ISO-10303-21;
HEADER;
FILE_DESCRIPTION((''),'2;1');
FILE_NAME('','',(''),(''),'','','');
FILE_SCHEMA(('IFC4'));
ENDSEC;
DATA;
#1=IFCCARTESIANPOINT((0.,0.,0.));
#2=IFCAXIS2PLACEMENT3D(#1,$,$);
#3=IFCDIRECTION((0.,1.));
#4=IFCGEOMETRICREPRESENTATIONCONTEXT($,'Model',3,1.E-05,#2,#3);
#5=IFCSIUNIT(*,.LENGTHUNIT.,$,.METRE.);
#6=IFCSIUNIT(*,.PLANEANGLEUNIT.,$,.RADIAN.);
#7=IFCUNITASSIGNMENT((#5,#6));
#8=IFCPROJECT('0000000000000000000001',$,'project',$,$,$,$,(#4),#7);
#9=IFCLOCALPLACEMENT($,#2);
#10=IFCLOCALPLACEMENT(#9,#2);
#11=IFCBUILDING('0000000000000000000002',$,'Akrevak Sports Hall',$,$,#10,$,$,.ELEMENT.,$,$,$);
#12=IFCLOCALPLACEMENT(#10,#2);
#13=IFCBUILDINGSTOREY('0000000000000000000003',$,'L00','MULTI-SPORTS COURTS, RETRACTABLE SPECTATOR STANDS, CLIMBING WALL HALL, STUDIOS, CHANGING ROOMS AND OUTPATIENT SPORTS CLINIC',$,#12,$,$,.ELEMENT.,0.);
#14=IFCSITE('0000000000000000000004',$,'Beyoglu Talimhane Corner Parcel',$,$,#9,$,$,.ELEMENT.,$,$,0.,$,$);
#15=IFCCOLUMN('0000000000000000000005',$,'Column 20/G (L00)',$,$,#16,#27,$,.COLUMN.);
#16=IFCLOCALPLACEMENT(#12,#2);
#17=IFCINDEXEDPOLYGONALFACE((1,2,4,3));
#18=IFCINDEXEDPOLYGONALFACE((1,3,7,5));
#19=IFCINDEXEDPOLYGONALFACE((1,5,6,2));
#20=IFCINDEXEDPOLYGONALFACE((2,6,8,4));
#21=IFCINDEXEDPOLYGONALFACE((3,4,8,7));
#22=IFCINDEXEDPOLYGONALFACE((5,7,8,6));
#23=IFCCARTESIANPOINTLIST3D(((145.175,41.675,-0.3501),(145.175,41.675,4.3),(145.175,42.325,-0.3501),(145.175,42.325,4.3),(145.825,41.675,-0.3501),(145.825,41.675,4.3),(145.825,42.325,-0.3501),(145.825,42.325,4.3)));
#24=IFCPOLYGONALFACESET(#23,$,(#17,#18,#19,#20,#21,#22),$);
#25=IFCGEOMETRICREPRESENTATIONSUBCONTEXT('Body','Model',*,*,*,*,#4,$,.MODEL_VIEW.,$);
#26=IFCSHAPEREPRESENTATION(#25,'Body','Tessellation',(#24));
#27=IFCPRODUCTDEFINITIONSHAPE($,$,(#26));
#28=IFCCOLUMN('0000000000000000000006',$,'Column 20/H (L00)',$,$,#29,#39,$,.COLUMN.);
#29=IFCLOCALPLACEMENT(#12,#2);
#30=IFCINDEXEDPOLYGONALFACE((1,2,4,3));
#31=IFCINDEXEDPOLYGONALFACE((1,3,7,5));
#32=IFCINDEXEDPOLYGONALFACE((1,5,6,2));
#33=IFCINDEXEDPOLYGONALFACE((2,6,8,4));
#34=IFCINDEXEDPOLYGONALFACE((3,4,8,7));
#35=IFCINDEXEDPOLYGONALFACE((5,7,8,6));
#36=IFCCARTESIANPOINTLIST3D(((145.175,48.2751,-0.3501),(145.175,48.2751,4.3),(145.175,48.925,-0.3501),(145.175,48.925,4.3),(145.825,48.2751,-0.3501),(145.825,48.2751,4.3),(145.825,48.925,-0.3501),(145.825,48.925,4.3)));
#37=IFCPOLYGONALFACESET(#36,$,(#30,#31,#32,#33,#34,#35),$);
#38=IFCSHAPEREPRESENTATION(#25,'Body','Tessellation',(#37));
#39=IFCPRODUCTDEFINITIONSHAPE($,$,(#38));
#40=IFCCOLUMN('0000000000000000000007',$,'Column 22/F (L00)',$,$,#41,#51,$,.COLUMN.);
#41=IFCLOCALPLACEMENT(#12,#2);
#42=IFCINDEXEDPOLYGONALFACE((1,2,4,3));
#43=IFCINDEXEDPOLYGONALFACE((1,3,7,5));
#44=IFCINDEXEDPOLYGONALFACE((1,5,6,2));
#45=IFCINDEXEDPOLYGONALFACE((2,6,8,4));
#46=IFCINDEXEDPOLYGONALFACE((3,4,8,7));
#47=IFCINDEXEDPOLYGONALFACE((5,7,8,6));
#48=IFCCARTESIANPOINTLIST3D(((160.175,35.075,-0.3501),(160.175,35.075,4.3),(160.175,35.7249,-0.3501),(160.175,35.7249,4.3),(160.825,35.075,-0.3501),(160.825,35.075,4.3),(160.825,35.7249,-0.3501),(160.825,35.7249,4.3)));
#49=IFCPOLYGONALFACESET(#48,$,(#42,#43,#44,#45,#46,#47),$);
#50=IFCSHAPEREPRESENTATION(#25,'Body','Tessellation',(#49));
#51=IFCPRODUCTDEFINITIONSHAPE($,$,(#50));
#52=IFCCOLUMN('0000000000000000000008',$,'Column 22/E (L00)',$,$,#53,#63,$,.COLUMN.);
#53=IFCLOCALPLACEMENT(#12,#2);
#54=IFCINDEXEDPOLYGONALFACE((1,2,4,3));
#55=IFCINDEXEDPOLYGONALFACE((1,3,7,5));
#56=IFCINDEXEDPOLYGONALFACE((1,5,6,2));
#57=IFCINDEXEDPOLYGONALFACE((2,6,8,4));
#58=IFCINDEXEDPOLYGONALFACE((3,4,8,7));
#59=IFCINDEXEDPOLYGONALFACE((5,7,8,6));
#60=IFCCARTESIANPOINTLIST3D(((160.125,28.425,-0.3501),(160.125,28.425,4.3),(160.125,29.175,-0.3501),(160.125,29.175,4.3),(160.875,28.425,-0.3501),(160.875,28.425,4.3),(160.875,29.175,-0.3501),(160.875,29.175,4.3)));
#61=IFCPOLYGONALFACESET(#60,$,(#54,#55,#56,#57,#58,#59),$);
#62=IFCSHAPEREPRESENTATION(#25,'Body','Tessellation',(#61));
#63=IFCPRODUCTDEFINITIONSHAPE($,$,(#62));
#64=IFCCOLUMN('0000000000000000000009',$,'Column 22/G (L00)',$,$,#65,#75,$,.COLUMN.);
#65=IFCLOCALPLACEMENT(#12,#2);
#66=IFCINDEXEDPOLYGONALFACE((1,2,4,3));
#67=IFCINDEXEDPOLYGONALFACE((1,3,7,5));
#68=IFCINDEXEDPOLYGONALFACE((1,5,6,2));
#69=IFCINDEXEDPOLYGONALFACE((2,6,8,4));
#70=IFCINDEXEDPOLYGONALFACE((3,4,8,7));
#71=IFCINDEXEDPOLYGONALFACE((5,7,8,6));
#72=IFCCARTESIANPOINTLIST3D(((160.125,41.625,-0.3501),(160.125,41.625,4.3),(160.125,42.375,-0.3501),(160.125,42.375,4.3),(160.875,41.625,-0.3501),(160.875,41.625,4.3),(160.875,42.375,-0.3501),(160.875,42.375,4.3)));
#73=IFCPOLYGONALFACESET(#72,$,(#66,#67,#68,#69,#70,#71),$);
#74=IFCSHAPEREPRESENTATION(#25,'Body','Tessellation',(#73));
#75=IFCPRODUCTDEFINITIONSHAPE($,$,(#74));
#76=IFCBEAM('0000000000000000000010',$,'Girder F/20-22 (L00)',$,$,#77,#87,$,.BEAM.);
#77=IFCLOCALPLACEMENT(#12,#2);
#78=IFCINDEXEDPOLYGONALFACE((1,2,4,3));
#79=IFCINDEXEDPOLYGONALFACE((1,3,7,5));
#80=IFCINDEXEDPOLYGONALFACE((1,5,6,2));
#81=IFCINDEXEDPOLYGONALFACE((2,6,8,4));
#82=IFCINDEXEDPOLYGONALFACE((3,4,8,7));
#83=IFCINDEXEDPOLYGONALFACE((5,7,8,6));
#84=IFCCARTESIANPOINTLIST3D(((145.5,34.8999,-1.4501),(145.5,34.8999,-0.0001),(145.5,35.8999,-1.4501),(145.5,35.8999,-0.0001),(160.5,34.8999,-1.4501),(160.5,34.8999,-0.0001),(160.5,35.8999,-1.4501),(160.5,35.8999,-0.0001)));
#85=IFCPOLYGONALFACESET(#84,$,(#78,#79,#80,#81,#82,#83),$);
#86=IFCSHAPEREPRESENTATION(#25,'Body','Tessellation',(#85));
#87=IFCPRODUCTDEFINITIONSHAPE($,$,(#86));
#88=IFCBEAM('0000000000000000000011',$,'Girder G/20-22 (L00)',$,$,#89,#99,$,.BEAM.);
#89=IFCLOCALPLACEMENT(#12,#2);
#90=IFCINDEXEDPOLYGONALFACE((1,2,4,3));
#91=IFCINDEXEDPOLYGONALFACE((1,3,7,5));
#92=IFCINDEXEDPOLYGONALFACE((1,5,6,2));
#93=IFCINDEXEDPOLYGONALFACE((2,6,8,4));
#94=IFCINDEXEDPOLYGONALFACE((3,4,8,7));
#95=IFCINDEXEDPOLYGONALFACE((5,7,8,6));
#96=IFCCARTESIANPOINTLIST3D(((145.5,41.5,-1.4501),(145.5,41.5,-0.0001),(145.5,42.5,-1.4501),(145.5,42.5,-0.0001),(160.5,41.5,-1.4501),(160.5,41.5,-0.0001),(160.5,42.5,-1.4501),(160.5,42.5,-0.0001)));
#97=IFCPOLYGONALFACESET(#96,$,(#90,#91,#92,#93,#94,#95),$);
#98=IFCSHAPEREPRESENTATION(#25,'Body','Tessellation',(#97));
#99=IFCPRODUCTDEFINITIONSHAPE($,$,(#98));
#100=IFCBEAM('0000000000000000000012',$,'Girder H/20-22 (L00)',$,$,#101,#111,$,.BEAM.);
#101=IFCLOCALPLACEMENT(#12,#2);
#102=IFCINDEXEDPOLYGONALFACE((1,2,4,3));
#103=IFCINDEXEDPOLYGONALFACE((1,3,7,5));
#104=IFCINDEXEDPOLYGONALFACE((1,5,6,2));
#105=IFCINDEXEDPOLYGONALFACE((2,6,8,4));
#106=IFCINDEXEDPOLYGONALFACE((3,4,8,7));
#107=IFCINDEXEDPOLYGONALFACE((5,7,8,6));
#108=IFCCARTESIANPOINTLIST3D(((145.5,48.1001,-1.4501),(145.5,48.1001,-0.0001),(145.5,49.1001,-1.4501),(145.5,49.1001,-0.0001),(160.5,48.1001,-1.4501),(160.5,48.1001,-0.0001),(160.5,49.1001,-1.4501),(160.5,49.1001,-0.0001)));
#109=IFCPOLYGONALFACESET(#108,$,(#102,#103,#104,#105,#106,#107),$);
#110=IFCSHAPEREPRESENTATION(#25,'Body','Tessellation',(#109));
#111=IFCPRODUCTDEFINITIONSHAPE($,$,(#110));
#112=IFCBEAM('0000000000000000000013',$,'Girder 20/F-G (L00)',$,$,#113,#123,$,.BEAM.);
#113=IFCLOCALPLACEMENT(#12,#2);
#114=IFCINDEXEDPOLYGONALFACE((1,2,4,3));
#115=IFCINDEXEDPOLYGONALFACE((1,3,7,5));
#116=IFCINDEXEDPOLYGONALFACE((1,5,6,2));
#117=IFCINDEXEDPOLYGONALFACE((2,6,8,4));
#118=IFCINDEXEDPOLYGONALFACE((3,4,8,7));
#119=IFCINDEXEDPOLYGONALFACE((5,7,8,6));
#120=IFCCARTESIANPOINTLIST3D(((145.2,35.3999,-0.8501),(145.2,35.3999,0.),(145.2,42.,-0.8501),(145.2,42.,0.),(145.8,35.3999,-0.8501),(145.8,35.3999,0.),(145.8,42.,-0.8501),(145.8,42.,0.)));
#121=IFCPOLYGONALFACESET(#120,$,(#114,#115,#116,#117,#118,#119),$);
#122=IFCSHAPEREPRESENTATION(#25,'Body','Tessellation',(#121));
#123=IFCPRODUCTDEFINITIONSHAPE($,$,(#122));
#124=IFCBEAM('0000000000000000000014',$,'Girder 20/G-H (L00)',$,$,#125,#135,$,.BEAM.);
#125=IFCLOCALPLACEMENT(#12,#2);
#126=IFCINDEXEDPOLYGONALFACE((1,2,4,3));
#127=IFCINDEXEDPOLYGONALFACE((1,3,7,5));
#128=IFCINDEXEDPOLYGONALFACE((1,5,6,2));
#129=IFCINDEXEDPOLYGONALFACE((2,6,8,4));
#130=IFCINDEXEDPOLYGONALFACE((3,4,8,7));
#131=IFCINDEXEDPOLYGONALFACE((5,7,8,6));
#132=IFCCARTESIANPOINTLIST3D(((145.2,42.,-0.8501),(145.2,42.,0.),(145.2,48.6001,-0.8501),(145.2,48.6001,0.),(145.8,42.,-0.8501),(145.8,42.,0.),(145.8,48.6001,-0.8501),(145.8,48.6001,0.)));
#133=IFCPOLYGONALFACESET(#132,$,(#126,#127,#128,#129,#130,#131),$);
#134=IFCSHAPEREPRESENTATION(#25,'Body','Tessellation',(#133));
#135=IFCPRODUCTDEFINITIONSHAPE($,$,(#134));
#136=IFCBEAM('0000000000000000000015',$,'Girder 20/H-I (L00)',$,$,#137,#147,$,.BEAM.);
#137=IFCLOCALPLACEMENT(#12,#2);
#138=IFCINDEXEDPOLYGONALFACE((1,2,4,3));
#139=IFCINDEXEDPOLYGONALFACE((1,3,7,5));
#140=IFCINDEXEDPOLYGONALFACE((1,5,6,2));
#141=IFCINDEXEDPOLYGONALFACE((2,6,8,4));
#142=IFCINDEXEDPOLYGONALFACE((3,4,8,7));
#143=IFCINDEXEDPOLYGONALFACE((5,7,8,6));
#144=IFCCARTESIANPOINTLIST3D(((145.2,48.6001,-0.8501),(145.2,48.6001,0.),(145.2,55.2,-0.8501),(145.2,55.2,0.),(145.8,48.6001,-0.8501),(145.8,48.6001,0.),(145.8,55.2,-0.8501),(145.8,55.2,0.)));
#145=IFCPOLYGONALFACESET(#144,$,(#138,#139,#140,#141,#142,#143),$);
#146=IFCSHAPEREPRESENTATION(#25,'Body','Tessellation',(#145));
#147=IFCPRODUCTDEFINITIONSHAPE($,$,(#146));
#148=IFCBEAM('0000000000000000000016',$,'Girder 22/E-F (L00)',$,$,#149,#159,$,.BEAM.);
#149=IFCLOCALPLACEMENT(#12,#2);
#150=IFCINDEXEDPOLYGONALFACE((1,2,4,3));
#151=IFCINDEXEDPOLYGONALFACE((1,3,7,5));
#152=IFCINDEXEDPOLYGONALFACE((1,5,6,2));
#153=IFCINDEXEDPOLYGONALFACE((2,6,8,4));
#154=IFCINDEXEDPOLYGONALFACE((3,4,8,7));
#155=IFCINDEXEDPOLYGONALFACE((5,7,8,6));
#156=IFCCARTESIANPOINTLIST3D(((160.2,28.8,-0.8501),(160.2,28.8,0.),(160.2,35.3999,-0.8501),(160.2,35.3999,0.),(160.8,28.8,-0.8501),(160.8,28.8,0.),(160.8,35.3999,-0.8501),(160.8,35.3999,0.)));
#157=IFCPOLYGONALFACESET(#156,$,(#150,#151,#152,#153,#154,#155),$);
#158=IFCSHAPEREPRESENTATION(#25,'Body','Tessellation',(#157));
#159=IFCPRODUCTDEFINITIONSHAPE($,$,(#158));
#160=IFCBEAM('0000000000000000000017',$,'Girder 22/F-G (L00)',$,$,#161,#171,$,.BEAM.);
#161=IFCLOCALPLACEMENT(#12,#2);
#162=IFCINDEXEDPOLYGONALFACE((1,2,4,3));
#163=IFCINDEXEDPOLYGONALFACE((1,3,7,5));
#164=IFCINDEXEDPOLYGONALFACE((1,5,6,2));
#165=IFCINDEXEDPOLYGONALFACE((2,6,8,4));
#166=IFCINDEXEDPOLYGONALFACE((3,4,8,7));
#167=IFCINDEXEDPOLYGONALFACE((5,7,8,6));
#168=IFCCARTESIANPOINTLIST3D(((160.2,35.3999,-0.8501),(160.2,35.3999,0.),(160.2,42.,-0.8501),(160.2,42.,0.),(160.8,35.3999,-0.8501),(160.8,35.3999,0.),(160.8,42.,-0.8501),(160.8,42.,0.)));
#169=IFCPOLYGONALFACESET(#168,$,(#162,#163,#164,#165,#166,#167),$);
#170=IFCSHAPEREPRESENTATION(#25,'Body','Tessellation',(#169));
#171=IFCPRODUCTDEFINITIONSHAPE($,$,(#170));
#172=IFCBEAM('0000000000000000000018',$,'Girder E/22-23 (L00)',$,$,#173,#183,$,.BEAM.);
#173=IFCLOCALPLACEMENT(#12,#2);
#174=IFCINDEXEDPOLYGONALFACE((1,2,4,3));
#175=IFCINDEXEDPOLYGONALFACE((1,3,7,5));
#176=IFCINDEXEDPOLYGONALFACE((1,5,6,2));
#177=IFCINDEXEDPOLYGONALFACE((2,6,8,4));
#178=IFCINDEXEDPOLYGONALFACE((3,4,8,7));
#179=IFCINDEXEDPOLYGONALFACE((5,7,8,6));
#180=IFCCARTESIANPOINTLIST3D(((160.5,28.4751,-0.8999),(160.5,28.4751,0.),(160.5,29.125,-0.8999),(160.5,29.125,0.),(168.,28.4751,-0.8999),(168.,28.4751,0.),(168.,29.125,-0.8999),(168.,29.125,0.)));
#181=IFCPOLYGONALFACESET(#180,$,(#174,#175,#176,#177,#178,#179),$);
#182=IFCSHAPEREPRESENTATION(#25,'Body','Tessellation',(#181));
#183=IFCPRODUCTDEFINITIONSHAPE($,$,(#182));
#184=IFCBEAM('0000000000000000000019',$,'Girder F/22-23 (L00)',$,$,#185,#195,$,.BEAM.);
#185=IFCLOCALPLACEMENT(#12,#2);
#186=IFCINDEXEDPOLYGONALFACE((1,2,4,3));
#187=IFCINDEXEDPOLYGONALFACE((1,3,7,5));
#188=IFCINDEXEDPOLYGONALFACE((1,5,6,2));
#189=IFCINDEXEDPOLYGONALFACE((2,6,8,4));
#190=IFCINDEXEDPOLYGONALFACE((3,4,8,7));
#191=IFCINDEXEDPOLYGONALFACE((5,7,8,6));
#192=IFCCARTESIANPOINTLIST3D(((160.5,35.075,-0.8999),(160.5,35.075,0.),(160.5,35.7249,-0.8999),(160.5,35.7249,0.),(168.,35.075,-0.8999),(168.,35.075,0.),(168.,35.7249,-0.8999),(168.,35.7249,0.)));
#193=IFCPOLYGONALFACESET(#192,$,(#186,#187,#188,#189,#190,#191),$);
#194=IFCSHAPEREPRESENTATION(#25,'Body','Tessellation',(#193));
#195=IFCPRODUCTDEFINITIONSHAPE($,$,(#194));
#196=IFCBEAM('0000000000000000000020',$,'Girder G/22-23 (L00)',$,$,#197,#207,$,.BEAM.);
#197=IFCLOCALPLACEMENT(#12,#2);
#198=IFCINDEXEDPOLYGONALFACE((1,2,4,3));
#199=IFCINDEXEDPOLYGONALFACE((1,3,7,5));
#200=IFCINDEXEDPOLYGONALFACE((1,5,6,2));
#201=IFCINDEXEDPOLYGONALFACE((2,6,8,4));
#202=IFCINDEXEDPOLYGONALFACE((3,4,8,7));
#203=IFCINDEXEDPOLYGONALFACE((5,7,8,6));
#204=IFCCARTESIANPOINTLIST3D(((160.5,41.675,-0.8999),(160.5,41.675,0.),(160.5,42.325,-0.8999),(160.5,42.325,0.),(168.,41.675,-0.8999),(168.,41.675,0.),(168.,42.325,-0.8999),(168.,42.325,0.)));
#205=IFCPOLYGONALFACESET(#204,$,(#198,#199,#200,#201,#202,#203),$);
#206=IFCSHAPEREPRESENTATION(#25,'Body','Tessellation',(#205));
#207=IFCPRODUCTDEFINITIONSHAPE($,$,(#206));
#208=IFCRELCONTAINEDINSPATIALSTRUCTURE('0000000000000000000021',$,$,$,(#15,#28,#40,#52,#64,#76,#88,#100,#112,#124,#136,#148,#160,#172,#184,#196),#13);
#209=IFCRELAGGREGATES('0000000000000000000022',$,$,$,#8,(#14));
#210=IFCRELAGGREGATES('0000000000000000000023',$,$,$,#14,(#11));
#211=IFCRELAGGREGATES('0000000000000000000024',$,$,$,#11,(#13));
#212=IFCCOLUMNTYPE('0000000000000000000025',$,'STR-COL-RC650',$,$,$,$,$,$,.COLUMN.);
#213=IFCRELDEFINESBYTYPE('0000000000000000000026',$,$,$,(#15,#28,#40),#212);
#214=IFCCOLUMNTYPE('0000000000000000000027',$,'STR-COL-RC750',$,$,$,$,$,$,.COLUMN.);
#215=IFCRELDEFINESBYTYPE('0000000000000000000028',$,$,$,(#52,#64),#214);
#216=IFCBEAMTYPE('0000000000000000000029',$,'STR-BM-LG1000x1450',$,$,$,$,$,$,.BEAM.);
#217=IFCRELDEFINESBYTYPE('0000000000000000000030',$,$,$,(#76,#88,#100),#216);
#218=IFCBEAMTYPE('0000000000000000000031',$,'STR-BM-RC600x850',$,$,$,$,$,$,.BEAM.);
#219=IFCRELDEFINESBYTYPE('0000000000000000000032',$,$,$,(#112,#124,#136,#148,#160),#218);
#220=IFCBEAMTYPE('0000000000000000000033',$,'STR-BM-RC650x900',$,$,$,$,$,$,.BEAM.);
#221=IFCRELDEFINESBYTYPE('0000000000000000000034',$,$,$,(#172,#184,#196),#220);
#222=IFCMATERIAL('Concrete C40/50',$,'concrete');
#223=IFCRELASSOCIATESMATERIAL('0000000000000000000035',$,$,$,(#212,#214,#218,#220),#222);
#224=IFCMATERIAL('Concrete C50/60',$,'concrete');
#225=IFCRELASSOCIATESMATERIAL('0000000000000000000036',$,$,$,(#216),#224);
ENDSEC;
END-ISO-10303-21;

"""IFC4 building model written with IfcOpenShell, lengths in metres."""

from ifc_helpers import new_model, si_unit, direction, frame, origin, origin_2d, place, context, subcontext, project, spatial, rectangle, extrude, material, material_profile, profile_set, type_object, element, save


model = new_model("IFC4")

# Units and contexts
model_context = context("Model", 3, precision=1e-05, world=origin(), true_north=direction((0.0, 1.0)))
body_context = subcontext(model_context, "Body", "Model", "MODEL_VIEW")
ifc_project = project(units=[si_unit("LENGTHUNIT", "METRE"), si_unit("PLANEANGLEUNIT", "RADIAN")], contexts=[model_context])

# Site, building, storey
site_placement = place(None, origin())
site = spatial("IfcSite", under=ifc_project, at=site_placement, Name="Beyoglu Talimhane Corner Parcel", CompositionType="ELEMENT", RefElevation=0.0)
building_placement = place(site_placement, origin())
building = spatial("IfcBuilding", under=site, at=building_placement, Name="Akrevak Sports Hall", CompositionType="ELEMENT")
storey_placement = place(building_placement, origin())
storey = spatial("IfcBuildingStorey", under=building, at=storey_placement, Name="L00", Description="MULTI-SPORTS COURTS, RETRACTABLE SPECTATOR STANDS, CLIMBING WALL HALL, STUDIOS, CHANGING ROOMS AND OUTPATIENT SPORTS CLINIC", CompositionType="ELEMENT", Elevation=0.0)

# Columns
ifc_material_1 = material(Name="Concrete C40/50", Category="concrete")
ifc_material_profile_1 = material_profile(ifc_material_1, rectangle(XDim=0.6499, YDim=0.6499, at=origin_2d()), Name="RC 650x650", Category="concrete")
ifc_profile_set_1 = profile_set([ifc_material_profile_1], Name="Concrete C40/50")
column_type_1 = type_object("IfcColumnType", Name="STR-COL-RC650", PredefinedType="COLUMN", material=ifc_profile_set_1)
for number, where, z_axis, x_axis, name in (
    (1, (145.5, 42.0, -0.3501), (0.0, 0.0, 1.0), (1.0, 0.0, 0.0), "Column 20/G (L00)"),
    (2, (145.5, 48.6001, -0.3501), (0.0, 0.0, 1.0), (1.0, 0.0, 0.0), "Column 20/H (L00)"),
    (3, (160.5, 35.3999, -0.3501), (0.0, 0.0, 1.0), (1.0, 0.0, 0.0), "Column 22/F (L00)"),
):
    element("IfcColumn", number, at=place(storey_placement, frame(where, z_axis=z_axis, x_axis=x_axis)), inside=storey, type_object=column_type_1, Name=name, PredefinedType="COLUMN", context=body_context, shape_type="SweptSolid", body=[
        extrude(rectangle(XDim=0.6499, YDim=0.6499, at=origin_2d()), origin(), (0.0, 0.0, 1.0), 4.6501),
    ])
ifc_material_profile_2 = material_profile(ifc_material_1, rectangle(XDim=0.75, YDim=0.75, at=origin_2d()), Name="RC 750x750", Category="concrete")
ifc_profile_set_2 = profile_set([ifc_material_profile_2], Name="Concrete C40/50")
column_type_2 = type_object("IfcColumnType", Name="STR-COL-RC750", PredefinedType="COLUMN", material=ifc_profile_set_2)
for number, where, z_axis, x_axis, name in (
    (4, (160.5, 28.8, -0.3501), (0.0, 0.0, 1.0), (1.0, 0.0, 0.0), "Column 22/E (L00)"),
    (5, (160.5, 42.0, -0.3501), (0.0, 0.0, 1.0), (1.0, 0.0, 0.0), "Column 22/G (L00)"),
):
    element("IfcColumn", number, at=place(storey_placement, frame(where, z_axis=z_axis, x_axis=x_axis)), inside=storey, type_object=column_type_2, Name=name, PredefinedType="COLUMN", context=body_context, shape_type="SweptSolid", body=[
        extrude(rectangle(XDim=0.75, YDim=0.75, at=origin_2d()), origin(), (0.0, 0.0, 1.0), 4.6501),
    ])

# Beams
ifc_material_2 = material(Name="Concrete C50/60", Category="concrete")
ifc_material_profile_3 = material_profile(ifc_material_2, rectangle(XDim=1.0, YDim=1.45, at=origin_2d()), Name="BM 1000x1450", Category="concrete")
ifc_profile_set_3 = profile_set([ifc_material_profile_3], Name="Concrete C50/60")
beam_type_1 = type_object("IfcBeamType", Name="STR-BM-LG1000x1450", PredefinedType="BEAM", material=ifc_profile_set_3)
for number, where, z_axis, x_axis, name in (
    (6, (145.5, 35.3999, -0.7251), (1.0, 0.0, 0.0), (0.0, 1.0, 0.0), "Girder F/20-22 (L00)"),
    (7, (145.5, 42.0, -0.7251), (1.0, 0.0, 0.0), (0.0, 1.0, 0.0), "Girder G/20-22 (L00)"),
    (8, (145.5, 48.6001, -0.7251), (1.0, 0.0, 0.0), (0.0, 1.0, 0.0), "Girder H/20-22 (L00)"),
):
    element("IfcBeam", number, at=place(storey_placement, frame(where, z_axis=z_axis, x_axis=x_axis)), inside=storey, type_object=beam_type_1, Name=name, PredefinedType="BEAM", context=body_context, shape_type="SweptSolid", body=[
        extrude(rectangle(XDim=1.0, YDim=1.45, at=origin_2d()), origin(), (0.0, 0.0, 1.0), 15.0),
    ])
ifc_material_profile_4 = material_profile(ifc_material_1, rectangle(XDim=0.6001, YDim=0.8501, at=origin_2d()), Name="BM 600x850", Category="concrete")
ifc_profile_set_4 = profile_set([ifc_material_profile_4], Name="Concrete C40/50")
beam_type_2 = type_object("IfcBeamType", Name="STR-BM-RC600x850", PredefinedType="BEAM", material=ifc_profile_set_4)
for number, where, z_axis, x_axis, name in (
    (9, (145.5, 35.3999, -0.425), (0.0, 1.0, 0.0), (-1.0, 0.0, 0.0), "Girder 20/F-G (L00)"),
    (10, (145.5, 42.0, -0.425), (0.0, 1.0, 0.0), (-1.0, 0.0, 0.0), "Girder 20/G-H (L00)"),
):
    element("IfcBeam", number, at=place(storey_placement, frame(where, z_axis=z_axis, x_axis=x_axis)), inside=storey, type_object=beam_type_2, Name=name, PredefinedType="BEAM", context=body_context, shape_type="SweptSolid", body=[
        extrude(rectangle(XDim=0.6001, YDim=0.8501, at=origin_2d()), origin(), (0.0, 0.0, 1.0), 6.6001),
    ])
for number, where, z_axis, x_axis, name in (
    (11, (145.5, 48.6001, -0.425), (0.0, 1.0, 0.0), (-1.0, 0.0, 0.0), "Girder 20/H-I (L00)"),
    (12, (160.5, 28.8, -0.425), (0.0, 1.0, 0.0), (-1.0, 0.0, 0.0), "Girder 22/E-F (L00)"),
):
    element("IfcBeam", number, at=place(storey_placement, frame(where, z_axis=z_axis, x_axis=x_axis)), inside=storey, type_object=beam_type_2, Name=name, PredefinedType="BEAM", context=body_context, shape_type="SweptSolid", body=[
        extrude(rectangle(XDim=0.6001, YDim=0.8501, at=origin_2d()), origin(), (0.0, 0.0, 1.0), 6.5999),
    ])
beam_placement = place(storey_placement, frame((160.5, 35.3999, -0.425), z_axis=(0.0, 1.0, 0.0), x_axis=(-1.0, 0.0, 0.0)))
element("IfcBeam", 13, at=beam_placement, inside=storey, type_object=beam_type_2, Name="Girder 22/F-G (L00)", PredefinedType="BEAM", context=body_context, shape_type="SweptSolid", body=[
    extrude(rectangle(XDim=0.6001, YDim=0.8501, at=origin_2d()), origin(), (0.0, 0.0, 1.0), 6.6001),
])
ifc_material_profile_5 = material_profile(ifc_material_1, rectangle(XDim=0.6499, YDim=0.8999, at=origin_2d()), Name="BM 650x900", Category="concrete")
ifc_profile_set_5 = profile_set([ifc_material_profile_5], Name="Concrete C40/50")
beam_type_3 = type_object("IfcBeamType", Name="STR-BM-RC650x900", PredefinedType="BEAM", material=ifc_profile_set_5)
for number, where, z_axis, x_axis, name in (
    (14, (160.5, 28.8, -0.45), (1.0, 0.0, 0.0), (0.0, 1.0, 0.0), "Girder E/22-23 (L00)"),
    (15, (160.5, 35.3999, -0.45), (1.0, 0.0, 0.0), (0.0, 1.0, 0.0), "Girder F/22-23 (L00)"),
    (16, (160.5, 42.0, -0.45), (1.0, 0.0, 0.0), (0.0, 1.0, 0.0), "Girder G/22-23 (L00)"),
):
    element("IfcBeam", number, at=place(storey_placement, frame(where, z_axis=z_axis, x_axis=x_axis)), inside=storey, type_object=beam_type_3, Name=name, PredefinedType="BEAM", context=body_context, shape_type="SweptSolid", body=[
        extrude(rectangle(XDim=0.6499, YDim=0.8999, at=origin_2d()), origin(), (0.0, 0.0, 1.0), 7.5),
    ])

save(model, "model.ifc")
